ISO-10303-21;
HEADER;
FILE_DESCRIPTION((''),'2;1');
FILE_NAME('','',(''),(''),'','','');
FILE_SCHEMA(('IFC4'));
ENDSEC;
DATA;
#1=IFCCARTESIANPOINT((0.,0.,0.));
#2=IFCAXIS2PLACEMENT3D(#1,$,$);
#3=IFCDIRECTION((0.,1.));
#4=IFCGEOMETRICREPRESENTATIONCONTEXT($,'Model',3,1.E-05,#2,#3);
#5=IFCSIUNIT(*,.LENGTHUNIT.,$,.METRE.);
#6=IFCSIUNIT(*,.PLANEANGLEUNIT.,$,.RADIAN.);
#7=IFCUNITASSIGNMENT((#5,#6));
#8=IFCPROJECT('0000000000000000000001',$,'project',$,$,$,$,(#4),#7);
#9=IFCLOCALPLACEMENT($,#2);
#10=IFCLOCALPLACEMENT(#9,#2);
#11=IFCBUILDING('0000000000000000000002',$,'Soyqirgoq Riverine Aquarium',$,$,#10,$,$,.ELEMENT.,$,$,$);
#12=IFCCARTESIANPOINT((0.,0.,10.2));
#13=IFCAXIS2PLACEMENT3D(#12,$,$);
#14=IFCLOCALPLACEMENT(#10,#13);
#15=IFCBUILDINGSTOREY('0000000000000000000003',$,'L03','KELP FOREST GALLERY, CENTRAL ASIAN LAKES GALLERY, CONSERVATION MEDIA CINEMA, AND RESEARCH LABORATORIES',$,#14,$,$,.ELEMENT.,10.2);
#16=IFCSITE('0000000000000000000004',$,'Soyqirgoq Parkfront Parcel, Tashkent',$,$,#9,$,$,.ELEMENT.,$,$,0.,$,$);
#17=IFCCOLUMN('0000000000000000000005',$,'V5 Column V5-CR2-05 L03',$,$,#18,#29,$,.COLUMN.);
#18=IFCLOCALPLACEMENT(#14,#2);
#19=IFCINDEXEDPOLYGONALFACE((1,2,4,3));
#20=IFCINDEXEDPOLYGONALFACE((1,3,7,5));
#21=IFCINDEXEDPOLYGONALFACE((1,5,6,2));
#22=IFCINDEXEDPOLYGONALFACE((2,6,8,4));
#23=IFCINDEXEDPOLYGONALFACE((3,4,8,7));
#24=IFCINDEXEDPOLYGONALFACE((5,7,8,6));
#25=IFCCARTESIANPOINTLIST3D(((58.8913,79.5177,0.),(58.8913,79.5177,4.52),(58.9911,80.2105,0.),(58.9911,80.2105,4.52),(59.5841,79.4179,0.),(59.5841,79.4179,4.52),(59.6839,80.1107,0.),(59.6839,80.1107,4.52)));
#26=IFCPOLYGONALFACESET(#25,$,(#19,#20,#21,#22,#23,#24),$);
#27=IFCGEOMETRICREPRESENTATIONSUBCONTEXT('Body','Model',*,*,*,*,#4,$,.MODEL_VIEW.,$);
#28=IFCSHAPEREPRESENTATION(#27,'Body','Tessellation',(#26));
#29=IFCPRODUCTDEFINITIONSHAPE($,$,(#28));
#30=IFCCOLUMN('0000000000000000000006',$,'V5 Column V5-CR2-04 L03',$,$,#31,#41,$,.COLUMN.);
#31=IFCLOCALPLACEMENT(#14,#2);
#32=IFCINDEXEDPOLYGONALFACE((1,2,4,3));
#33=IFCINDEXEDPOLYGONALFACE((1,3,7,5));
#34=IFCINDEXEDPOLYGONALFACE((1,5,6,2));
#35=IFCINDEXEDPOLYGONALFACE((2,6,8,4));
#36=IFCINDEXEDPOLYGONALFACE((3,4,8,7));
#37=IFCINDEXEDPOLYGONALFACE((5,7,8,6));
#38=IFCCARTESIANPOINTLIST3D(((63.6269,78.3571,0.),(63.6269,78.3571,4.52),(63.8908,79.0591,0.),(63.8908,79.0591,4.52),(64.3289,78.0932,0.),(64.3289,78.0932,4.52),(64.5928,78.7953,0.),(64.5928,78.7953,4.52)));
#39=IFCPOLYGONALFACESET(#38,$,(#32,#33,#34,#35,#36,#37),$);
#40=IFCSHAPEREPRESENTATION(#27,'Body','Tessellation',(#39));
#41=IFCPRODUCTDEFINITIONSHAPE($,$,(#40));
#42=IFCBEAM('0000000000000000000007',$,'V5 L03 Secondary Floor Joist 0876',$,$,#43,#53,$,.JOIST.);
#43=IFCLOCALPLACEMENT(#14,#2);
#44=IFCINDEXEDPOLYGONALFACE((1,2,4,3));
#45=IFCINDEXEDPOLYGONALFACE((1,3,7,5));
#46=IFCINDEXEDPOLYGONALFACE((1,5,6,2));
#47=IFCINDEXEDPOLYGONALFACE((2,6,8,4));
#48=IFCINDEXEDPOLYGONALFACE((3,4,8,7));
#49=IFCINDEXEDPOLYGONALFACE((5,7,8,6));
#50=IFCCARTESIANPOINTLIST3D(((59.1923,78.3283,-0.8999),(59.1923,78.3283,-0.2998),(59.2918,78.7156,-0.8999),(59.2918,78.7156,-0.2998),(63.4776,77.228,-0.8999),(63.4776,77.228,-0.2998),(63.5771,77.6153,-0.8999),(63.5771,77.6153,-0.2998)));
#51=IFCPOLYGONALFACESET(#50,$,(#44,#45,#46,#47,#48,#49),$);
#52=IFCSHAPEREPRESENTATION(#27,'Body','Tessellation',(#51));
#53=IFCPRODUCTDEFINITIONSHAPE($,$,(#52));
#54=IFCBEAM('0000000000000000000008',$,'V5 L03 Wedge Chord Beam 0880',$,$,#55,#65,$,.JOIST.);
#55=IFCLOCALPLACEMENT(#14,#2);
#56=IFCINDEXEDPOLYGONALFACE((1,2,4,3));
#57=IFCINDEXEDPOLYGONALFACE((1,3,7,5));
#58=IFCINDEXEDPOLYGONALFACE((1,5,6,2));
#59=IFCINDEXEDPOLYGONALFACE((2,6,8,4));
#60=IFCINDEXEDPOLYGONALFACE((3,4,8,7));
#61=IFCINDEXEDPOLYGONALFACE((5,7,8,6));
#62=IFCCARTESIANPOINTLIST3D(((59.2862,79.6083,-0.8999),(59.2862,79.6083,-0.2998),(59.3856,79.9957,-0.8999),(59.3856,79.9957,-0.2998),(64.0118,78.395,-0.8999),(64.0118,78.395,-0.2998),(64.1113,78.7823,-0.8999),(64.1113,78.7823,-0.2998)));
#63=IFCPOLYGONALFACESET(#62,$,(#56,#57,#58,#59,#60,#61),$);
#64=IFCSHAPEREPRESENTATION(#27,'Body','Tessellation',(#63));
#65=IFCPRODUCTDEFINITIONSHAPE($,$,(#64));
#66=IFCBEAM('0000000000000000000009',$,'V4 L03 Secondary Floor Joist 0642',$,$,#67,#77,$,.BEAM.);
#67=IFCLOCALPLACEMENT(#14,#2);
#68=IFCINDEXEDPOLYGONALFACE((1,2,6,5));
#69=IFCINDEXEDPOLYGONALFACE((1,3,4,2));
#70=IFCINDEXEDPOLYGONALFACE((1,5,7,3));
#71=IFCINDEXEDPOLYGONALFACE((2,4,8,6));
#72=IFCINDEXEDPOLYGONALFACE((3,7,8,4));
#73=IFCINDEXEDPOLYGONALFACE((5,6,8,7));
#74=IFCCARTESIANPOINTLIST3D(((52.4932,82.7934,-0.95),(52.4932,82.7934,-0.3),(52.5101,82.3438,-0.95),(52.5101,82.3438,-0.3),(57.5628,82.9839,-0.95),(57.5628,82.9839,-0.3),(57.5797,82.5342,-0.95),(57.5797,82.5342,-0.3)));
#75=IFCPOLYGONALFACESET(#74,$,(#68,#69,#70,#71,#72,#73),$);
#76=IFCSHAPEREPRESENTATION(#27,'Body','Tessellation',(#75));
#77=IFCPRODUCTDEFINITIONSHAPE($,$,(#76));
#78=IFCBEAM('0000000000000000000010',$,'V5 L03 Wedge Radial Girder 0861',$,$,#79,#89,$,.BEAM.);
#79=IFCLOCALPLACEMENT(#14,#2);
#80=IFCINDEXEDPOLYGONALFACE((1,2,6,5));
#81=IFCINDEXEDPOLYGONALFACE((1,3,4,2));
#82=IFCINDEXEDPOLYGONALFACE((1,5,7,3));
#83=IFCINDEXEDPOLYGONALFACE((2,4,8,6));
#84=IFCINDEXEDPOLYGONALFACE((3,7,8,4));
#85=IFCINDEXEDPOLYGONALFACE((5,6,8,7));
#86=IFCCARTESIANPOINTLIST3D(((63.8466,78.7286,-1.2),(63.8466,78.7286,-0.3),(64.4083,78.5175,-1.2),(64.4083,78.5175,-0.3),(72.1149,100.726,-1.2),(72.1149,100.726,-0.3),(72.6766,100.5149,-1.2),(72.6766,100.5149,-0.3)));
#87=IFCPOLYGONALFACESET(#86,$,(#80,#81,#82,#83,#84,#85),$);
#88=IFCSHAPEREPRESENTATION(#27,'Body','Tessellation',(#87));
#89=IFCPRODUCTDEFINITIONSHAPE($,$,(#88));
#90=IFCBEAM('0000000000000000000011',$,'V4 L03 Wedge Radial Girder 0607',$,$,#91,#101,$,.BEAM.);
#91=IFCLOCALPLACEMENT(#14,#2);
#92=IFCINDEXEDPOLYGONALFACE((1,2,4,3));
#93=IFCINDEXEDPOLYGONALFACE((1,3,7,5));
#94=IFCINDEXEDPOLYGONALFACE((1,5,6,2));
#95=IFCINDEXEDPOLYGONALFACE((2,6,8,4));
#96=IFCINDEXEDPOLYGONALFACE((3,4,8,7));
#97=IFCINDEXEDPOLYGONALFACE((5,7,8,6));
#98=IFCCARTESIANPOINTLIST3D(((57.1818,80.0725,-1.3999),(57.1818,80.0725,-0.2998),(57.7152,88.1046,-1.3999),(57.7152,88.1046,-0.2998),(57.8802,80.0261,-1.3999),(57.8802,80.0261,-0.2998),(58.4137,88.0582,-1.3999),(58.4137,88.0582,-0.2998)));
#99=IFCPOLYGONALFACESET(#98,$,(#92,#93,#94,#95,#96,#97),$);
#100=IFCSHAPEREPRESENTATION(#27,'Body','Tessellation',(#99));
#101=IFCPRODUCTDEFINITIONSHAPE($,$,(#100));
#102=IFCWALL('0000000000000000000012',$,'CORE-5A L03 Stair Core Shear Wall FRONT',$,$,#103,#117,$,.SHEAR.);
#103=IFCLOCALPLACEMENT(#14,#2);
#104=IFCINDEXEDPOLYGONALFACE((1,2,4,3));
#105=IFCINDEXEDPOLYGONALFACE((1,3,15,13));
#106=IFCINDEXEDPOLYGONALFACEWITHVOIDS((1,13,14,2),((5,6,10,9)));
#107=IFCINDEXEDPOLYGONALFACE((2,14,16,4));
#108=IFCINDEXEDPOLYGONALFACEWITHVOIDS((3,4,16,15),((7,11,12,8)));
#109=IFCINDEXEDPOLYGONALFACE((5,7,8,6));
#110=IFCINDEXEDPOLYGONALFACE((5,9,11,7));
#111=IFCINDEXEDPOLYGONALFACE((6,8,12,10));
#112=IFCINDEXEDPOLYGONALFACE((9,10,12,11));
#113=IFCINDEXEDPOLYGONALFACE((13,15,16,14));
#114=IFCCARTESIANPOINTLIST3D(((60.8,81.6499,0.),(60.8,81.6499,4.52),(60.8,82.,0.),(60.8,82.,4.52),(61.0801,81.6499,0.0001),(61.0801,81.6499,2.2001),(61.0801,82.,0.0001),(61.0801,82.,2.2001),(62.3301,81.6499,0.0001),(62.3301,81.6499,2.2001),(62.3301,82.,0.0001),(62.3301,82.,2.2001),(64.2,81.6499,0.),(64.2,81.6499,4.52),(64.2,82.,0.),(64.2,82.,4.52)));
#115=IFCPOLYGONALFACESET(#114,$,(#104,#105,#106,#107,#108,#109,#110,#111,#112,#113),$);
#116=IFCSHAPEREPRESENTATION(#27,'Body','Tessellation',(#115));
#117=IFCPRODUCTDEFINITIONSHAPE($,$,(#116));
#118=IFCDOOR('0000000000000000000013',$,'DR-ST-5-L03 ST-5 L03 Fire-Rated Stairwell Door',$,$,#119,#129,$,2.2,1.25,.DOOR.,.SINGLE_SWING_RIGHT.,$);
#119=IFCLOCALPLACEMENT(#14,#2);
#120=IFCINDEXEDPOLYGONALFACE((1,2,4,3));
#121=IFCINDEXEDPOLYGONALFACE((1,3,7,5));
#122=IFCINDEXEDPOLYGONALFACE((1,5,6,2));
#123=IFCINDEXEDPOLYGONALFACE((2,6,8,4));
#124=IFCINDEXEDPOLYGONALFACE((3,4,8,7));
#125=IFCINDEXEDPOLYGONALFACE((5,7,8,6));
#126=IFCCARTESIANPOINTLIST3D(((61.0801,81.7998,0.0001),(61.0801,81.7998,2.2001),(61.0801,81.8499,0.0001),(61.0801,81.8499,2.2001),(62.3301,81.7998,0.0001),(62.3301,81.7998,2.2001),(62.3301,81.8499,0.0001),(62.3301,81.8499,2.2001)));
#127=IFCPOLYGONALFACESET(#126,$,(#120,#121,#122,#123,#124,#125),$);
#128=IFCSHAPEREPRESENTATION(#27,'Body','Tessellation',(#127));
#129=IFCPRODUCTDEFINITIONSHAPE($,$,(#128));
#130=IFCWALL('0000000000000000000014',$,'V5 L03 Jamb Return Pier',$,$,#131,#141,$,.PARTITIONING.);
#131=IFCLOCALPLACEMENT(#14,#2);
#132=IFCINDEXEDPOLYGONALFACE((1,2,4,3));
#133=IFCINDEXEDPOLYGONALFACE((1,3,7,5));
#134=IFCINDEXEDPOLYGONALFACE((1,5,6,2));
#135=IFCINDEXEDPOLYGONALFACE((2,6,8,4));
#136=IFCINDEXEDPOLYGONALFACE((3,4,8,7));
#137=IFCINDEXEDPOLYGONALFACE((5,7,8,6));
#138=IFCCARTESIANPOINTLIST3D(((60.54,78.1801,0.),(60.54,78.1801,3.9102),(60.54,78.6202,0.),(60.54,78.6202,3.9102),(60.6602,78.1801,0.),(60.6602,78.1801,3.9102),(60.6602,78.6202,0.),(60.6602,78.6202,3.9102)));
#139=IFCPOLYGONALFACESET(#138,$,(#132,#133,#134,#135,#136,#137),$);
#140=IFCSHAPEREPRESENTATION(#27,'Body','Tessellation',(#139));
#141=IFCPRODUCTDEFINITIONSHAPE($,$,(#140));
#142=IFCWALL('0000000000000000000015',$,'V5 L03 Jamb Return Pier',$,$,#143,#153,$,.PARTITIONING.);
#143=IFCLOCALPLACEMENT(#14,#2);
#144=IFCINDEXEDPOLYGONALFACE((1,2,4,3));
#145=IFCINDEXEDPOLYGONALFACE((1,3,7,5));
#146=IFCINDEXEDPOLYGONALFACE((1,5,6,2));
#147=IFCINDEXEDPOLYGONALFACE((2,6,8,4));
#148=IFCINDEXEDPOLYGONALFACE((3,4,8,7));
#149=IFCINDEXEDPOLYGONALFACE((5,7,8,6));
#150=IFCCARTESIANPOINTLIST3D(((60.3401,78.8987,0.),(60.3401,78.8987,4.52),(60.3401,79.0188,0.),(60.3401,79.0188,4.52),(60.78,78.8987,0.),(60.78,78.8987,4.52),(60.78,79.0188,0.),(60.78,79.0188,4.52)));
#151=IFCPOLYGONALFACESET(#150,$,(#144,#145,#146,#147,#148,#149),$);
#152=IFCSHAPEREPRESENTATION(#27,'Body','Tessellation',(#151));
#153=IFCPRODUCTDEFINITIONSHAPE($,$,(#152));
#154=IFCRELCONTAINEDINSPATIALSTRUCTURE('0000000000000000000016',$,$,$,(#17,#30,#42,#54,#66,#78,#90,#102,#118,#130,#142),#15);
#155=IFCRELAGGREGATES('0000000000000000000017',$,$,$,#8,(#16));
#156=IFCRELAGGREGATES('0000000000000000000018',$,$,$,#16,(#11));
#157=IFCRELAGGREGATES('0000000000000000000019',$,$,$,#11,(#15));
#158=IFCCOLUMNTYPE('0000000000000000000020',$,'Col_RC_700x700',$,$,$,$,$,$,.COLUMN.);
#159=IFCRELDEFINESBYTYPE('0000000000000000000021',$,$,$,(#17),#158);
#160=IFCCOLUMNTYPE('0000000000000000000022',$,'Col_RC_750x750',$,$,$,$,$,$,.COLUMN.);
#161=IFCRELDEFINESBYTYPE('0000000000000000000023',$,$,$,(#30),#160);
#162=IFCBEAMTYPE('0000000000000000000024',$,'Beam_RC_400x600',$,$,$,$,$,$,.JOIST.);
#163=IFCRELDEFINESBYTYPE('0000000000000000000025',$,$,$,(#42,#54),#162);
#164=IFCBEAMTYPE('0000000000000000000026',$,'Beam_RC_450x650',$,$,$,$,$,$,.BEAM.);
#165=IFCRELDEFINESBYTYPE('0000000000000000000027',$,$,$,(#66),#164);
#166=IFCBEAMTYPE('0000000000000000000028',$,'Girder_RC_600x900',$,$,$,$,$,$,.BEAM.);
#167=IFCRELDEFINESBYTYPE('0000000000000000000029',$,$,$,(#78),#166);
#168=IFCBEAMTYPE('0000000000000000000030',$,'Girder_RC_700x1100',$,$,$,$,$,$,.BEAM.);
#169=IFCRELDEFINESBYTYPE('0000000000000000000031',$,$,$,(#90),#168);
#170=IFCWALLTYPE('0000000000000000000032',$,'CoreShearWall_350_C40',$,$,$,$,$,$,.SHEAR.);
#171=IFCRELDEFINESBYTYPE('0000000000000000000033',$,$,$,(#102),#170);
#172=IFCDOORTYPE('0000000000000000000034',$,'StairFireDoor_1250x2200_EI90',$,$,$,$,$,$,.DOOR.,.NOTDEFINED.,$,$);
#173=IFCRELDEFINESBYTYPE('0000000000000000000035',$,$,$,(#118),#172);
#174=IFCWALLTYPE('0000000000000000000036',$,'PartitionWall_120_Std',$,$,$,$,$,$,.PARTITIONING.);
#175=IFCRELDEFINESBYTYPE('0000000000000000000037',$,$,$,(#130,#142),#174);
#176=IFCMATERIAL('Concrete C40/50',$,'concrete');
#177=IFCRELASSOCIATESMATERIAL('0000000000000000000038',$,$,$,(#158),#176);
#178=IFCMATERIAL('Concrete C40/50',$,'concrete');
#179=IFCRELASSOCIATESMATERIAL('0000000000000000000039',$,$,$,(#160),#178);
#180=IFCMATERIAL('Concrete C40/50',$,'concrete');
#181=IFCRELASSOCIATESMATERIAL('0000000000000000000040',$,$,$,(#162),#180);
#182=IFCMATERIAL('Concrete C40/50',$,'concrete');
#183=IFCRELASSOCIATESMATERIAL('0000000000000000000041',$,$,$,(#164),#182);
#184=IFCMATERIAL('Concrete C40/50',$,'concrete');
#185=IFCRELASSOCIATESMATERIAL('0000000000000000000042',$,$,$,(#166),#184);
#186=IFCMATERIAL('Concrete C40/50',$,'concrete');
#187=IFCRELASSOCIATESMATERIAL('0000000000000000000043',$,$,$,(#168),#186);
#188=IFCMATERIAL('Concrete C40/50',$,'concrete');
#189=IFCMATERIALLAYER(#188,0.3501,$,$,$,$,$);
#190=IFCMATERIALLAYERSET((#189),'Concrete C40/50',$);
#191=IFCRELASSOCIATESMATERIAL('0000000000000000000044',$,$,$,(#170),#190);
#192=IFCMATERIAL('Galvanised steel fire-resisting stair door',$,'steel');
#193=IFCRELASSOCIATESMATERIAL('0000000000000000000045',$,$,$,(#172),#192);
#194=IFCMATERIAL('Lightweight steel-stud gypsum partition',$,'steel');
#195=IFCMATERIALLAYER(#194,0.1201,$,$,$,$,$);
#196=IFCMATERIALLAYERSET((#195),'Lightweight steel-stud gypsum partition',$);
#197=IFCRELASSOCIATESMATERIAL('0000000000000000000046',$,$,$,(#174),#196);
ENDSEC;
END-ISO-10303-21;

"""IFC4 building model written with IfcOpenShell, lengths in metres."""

from ifc_helpers import new_model, si_unit, direction, frame, frame_2d, origin, origin_2d, place, context, subcontext, project, spatial, rectangle, extrude, material, layer, layer_set, material_profile, profile_set, type_object, element, fill, save


model = new_model("IFC4")

# Units and contexts
model_context = context("Model", 3, precision=1e-05, world=origin(), true_north=direction((0.0, 1.0)))
body_context = subcontext(model_context, "Body", "Model", "MODEL_VIEW")
ifc_project = project(units=[si_unit("LENGTHUNIT", "METRE"), si_unit("PLANEANGLEUNIT", "RADIAN")], contexts=[model_context])

# Site, building, storey
site_placement = place(None, origin())
site = spatial("IfcSite", under=ifc_project, at=site_placement, Name="Soyqirgoq Parkfront Parcel, Tashkent", CompositionType="ELEMENT", RefElevation=0.0)
building_placement = place(site_placement, origin())
building = spatial("IfcBuilding", under=site, at=building_placement, Name="Soyqirgoq Riverine Aquarium", CompositionType="ELEMENT")
storey_placement = place(building_placement, frame((0.0, 0.0, 10.2)))
storey = spatial("IfcBuildingStorey", under=building, at=storey_placement, Name="L03", Description="KELP FOREST GALLERY, CENTRAL ASIAN LAKES GALLERY, CONSERVATION MEDIA CINEMA, AND RESEARCH LABORATORIES", CompositionType="ELEMENT", Elevation=10.2)

# Columns
ifc_material_1 = material(Name="Concrete C40/50", Category="concrete")
ifc_material_profile_1 = material_profile(ifc_material_1, rectangle(XDim=0.7, YDim=0.7, at=origin_2d()), Name="RC 700x700")
ifc_profile_set_1 = profile_set([ifc_material_profile_1], Name="Concrete C40/50")
column_type_1 = type_object("IfcColumnType", Name="Col_RC_700x700", PredefinedType="COLUMN", material=ifc_profile_set_1)
column_1_placement = place(storey_placement, frame((59.2876, 79.8142, 0.0), z_axis=(0.0, 0.0, 1.0), x_axis=(0.142629, 0.989776, 0.0)))
element("IfcColumn", 1, at=column_1_placement, inside=storey, type_object=column_type_1, Name="V5 Column V5-CR2-05 L03", PredefinedType="COLUMN", context=body_context, shape_type="SweptSolid", body=[
    extrude(rectangle(XDim=0.7, YDim=0.7, at=origin_2d()), origin(), (0.0, 0.0, 1.0), 4.52),
])
ifc_material_2 = material(Name="Concrete C40/50", Category="concrete")
ifc_material_profile_2 = material_profile(ifc_material_2, rectangle(XDim=0.75, YDim=0.75, at=origin_2d()), Name="RC 750x750")
ifc_profile_set_2 = profile_set([ifc_material_profile_2], Name="Concrete C40/50")
column_type_2 = type_object("IfcColumnType", Name="Col_RC_750x750", PredefinedType="COLUMN", material=ifc_profile_set_2)
column_2_placement = place(storey_placement, frame((64.1099, 78.5762, 0.0), z_axis=(0.0, 0.0, 1.0), x_axis=(0.351842, 0.93606, 0.0)))
element("IfcColumn", 2, at=column_2_placement, inside=storey, type_object=column_type_2, Name="V5 Column V5-CR2-04 L03", PredefinedType="COLUMN", context=body_context, shape_type="SweptSolid", body=[
    extrude(rectangle(XDim=0.75, YDim=0.75, at=origin_2d()), origin(), (0.0, 0.0, 1.0), 4.52),
])

# Beams
ifc_material_3 = material(Name="Concrete C40/50", Category="concrete")
ifc_material_profile_3 = material_profile(ifc_material_3, rectangle(XDim=0.3999, YDim=0.6001, at=origin_2d()), Name="RC 400x600")
ifc_profile_set_3 = profile_set([ifc_material_profile_3], Name="Concrete C40/50")
beam_type_1 = type_object("IfcBeamType", Name="Beam_RC_400x600", PredefinedType="JOIST", material=ifc_profile_set_3)
beam_1_placement = place(storey_placement, frame((63.5273, 77.4216, -0.5999), z_axis=(-0.968581, 0.248698, 0.0), x_axis=(-0.248698, -0.968581, 0.0)))
element("IfcBeam", 3, at=beam_1_placement, inside=storey, type_object=beam_type_1, Name="V5 L03 Secondary Floor Joist 0876", PredefinedType="JOIST", context=body_context, shape_type="SweptSolid", body=[
    extrude(rectangle(XDim=0.3999, YDim=0.6001, at=origin_2d()), origin(), (0.0, 0.0, 1.0), 4.4243),
])
beam_2_placement = place(storey_placement, frame((64.0615, 78.5886, -0.5999), z_axis=(-0.96858, 0.2487, 0.0), x_axis=(-0.2487, -0.96858, 0.0)))
element("IfcBeam", 4, at=beam_2_placement, inside=storey, type_object=beam_type_1, Name="V5 L03 Wedge Chord Beam 0880", PredefinedType="JOIST", context=body_context, shape_type="SweptSolid", body=[
    extrude(rectangle(XDim=0.3999, YDim=0.6001, at=origin_2d()), origin(), (0.0, 0.0, 1.0), 4.8789),
])
ifc_material_4 = material(Name="Concrete C40/50", Category="concrete")
ifc_material_profile_4 = material_profile(ifc_material_4, rectangle(XDim=0.45, YDim=0.6499, at=origin_2d()), Name="RC 450x650")
ifc_profile_set_4 = profile_set([ifc_material_profile_4], Name="Concrete C40/50")
beam_type_2 = type_object("IfcBeamType", Name="Beam_RC_450x650", PredefinedType="BEAM", material=ifc_profile_set_4)
beam_3_placement = place(storey_placement, frame((57.5713, 82.759, -0.625), z_axis=(-0.999295, -0.037537, 0.0), x_axis=(0.037537, -0.999295, 0.0)))
element("IfcBeam", 5, at=beam_3_placement, inside=storey, type_object=beam_type_2, Name="V4 L03 Secondary Floor Joist 0642", PredefinedType="BEAM", context=body_context, shape_type="SweptSolid", body=[
    extrude(rectangle(XDim=0.45, YDim=0.6499, at=origin_2d()), origin(), (0.0, 0.0, 1.0), 5.0732),
])
ifc_material_5 = material(Name="Concrete C40/50", Category="concrete")
ifc_material_profile_5 = material_profile(ifc_material_5, rectangle(XDim=0.6001, YDim=0.8999, at=origin_2d()), Name="RC 600x900")
ifc_profile_set_5 = profile_set([ifc_material_profile_5], Name="Concrete C40/50")
beam_type_3 = type_object("IfcBeamType", Name="Girder_RC_600x900", PredefinedType="BEAM", material=ifc_profile_set_5)
beam_4_placement = place(storey_placement, frame((64.1274, 78.623, -0.75), z_axis=(0.351844, 0.936059, 0.0), x_axis=(-0.936059, 0.351844, 0.0)))
element("IfcBeam", 6, at=beam_4_placement, inside=storey, type_object=beam_type_3, Name="V5 L03 Wedge Radial Girder 0861", PredefinedType="BEAM", context=body_context, shape_type="SweptSolid", body=[
    extrude(rectangle(XDim=0.6001, YDim=0.8999, at=origin_2d()), origin(), (0.0, 0.0, 1.0), 23.5),
])
ifc_material_6 = material(Name="Concrete C40/50", Category="concrete")
ifc_material_profile_6 = material_profile(ifc_material_6, rectangle(XDim=0.7, YDim=1.1001, at=origin_2d()), Name="RC 700x1100")
ifc_profile_set_6 = profile_set([ifc_material_profile_6], Name="Concrete C40/50")
beam_type_4 = type_object("IfcBeamType", Name="Girder_RC_700x1100", PredefinedType="BEAM", material=ifc_profile_set_6)
beam_5_placement = place(storey_placement, frame((57.531, 80.0493, -0.8499), z_axis=(0.066267, 0.997802, 0.0), x_axis=(-0.997802, 0.066267, 0.0)))
element("IfcBeam", 7, at=beam_5_placement, inside=storey, type_object=beam_type_4, Name="V4 L03 Wedge Radial Girder 0607", PredefinedType="BEAM", context=body_context, shape_type="SweptSolid", body=[
    extrude(rectangle(XDim=0.7, YDim=1.1001, at=origin_2d()), origin(), (0.0, 0.0, 1.0), 8.0498),
])

# Wall, opening, door
ifc_material_7 = material(Name="Concrete C40/50", Category="concrete")
ifc_layer_1 = layer(ifc_material_7, 0.3501)
ifc_layer_set_1 = layer_set([ifc_layer_1], Name="Concrete C40/50")
wall_type_1 = type_object("IfcWallType", Name="CoreShearWall_350_C40", PredefinedType="SHEAR", material=ifc_layer_set_1)
wall_1_placement = place(storey_placement, frame((60.8, 81.825, 0.0), z_axis=(0.0, 0.0, 1.0), x_axis=(1.0, 0.0, 0.0)))
wall_1 = element("IfcWall", 8, at=wall_1_placement, inside=storey, type_object=wall_type_1, Name="CORE-5A L03 Stair Core Shear Wall FRONT", PredefinedType="SHEAR", context=body_context, shape_type="SweptSolid", body=[
    extrude(rectangle(XDim=3.3999, YDim=0.3501, at=frame_2d((1.7, 0.0))), origin(), (0.0, 0.0, 1.0), 4.52),
])
opening_1_placement = place(wall_1_placement, frame((0.28, 0.0, 0.0)))
opening_1 = element("IfcOpeningElement", 9, at=opening_1_placement, cuts=wall_1, PredefinedType="OPENING", context=body_context, shape_type="SweptSolid", body=[
    extrude(rectangle(XDim=1.25, YDim=2.2, at=frame_2d((0.625, 1.1001))), frame((0.0, 0.1851, 0.0), z_axis=(0.0, -1.0, 0.0), x_axis=(1.0, 0.0, 0.0)), (0.0, 0.0, 1.0), 0.3701),
])
ifc_material_8 = material(Name="Galvanised steel fire-resisting stair door", Category="steel")
door_type_1 = type_object("IfcDoorType", Name="StairFireDoor_1250x2200_EI90", OperationType="NOTDEFINED", PredefinedType="DOOR", material=ifc_material_8)
door_1_placement = place(opening_1_placement, origin())
door_1 = element("IfcDoor", 10, at=door_1_placement, inside=storey, type_object=door_type_1, Name="DR-ST-5-L03 ST-5 L03 Fire-Rated Stairwell Door", OperationType="SINGLE_SWING_RIGHT", OverallHeight=2.2, OverallWidth=1.25, PredefinedType="DOOR", context=body_context, shape_type="SweptSolid", body=[
    extrude(rectangle(XDim=1.25, YDim=2.2, at=frame_2d((0.625, 1.1001))), frame((0.0, 0.0249, 0.0), z_axis=(0.0, -1.0, 0.0), x_axis=(1.0, 0.0, 0.0)), (0.0, 0.0, 1.0), 0.05),
])
fill(opening_1, door_1)

# Walls
ifc_material_9 = material(Name="Lightweight steel-stud gypsum partition", Category="steel")
ifc_layer_2 = layer(ifc_material_9, 0.1201)
ifc_layer_set_2 = layer_set([ifc_layer_2], Name="Lightweight steel-stud gypsum partition")
wall_type_2 = type_object("IfcWallType", Name="PartitionWall_120_Std", PredefinedType="PARTITIONING", material=ifc_layer_set_2)
wall_2_placement = place(storey_placement, frame((60.6001, 78.1799, 0.0), z_axis=(0.0, 0.0, 1.0), x_axis=(0.0, 1.0, 0.0)))
element("IfcWall", 11, at=wall_2_placement, inside=storey, type_object=wall_type_2, Name="V5 L03 Jamb Return Pier", PredefinedType="PARTITIONING", context=body_context, shape_type="SweptSolid", body=[
    extrude(rectangle(XDim=0.4402, YDim=0.1201, at=frame_2d((0.2202, 0.0))), origin(), (0.0, 0.0, 1.0), 3.9102),
])
wall_3_placement = place(storey_placement, frame((60.78, 78.9587, 0.0), z_axis=(0.0, 0.0, 1.0), x_axis=(-1.0, 0.0, 0.0)))
element("IfcWall", 12, at=wall_3_placement, inside=storey, type_object=wall_type_2, Name="V5 L03 Jamb Return Pier", PredefinedType="PARTITIONING", context=body_context, shape_type="SweptSolid", body=[
    extrude(rectangle(XDim=0.4399, YDim=0.1201, at=frame_2d((0.22, 0.0))), origin(), (0.0, 0.0, 1.0), 4.52),
])

save(model, "model.ifc")
